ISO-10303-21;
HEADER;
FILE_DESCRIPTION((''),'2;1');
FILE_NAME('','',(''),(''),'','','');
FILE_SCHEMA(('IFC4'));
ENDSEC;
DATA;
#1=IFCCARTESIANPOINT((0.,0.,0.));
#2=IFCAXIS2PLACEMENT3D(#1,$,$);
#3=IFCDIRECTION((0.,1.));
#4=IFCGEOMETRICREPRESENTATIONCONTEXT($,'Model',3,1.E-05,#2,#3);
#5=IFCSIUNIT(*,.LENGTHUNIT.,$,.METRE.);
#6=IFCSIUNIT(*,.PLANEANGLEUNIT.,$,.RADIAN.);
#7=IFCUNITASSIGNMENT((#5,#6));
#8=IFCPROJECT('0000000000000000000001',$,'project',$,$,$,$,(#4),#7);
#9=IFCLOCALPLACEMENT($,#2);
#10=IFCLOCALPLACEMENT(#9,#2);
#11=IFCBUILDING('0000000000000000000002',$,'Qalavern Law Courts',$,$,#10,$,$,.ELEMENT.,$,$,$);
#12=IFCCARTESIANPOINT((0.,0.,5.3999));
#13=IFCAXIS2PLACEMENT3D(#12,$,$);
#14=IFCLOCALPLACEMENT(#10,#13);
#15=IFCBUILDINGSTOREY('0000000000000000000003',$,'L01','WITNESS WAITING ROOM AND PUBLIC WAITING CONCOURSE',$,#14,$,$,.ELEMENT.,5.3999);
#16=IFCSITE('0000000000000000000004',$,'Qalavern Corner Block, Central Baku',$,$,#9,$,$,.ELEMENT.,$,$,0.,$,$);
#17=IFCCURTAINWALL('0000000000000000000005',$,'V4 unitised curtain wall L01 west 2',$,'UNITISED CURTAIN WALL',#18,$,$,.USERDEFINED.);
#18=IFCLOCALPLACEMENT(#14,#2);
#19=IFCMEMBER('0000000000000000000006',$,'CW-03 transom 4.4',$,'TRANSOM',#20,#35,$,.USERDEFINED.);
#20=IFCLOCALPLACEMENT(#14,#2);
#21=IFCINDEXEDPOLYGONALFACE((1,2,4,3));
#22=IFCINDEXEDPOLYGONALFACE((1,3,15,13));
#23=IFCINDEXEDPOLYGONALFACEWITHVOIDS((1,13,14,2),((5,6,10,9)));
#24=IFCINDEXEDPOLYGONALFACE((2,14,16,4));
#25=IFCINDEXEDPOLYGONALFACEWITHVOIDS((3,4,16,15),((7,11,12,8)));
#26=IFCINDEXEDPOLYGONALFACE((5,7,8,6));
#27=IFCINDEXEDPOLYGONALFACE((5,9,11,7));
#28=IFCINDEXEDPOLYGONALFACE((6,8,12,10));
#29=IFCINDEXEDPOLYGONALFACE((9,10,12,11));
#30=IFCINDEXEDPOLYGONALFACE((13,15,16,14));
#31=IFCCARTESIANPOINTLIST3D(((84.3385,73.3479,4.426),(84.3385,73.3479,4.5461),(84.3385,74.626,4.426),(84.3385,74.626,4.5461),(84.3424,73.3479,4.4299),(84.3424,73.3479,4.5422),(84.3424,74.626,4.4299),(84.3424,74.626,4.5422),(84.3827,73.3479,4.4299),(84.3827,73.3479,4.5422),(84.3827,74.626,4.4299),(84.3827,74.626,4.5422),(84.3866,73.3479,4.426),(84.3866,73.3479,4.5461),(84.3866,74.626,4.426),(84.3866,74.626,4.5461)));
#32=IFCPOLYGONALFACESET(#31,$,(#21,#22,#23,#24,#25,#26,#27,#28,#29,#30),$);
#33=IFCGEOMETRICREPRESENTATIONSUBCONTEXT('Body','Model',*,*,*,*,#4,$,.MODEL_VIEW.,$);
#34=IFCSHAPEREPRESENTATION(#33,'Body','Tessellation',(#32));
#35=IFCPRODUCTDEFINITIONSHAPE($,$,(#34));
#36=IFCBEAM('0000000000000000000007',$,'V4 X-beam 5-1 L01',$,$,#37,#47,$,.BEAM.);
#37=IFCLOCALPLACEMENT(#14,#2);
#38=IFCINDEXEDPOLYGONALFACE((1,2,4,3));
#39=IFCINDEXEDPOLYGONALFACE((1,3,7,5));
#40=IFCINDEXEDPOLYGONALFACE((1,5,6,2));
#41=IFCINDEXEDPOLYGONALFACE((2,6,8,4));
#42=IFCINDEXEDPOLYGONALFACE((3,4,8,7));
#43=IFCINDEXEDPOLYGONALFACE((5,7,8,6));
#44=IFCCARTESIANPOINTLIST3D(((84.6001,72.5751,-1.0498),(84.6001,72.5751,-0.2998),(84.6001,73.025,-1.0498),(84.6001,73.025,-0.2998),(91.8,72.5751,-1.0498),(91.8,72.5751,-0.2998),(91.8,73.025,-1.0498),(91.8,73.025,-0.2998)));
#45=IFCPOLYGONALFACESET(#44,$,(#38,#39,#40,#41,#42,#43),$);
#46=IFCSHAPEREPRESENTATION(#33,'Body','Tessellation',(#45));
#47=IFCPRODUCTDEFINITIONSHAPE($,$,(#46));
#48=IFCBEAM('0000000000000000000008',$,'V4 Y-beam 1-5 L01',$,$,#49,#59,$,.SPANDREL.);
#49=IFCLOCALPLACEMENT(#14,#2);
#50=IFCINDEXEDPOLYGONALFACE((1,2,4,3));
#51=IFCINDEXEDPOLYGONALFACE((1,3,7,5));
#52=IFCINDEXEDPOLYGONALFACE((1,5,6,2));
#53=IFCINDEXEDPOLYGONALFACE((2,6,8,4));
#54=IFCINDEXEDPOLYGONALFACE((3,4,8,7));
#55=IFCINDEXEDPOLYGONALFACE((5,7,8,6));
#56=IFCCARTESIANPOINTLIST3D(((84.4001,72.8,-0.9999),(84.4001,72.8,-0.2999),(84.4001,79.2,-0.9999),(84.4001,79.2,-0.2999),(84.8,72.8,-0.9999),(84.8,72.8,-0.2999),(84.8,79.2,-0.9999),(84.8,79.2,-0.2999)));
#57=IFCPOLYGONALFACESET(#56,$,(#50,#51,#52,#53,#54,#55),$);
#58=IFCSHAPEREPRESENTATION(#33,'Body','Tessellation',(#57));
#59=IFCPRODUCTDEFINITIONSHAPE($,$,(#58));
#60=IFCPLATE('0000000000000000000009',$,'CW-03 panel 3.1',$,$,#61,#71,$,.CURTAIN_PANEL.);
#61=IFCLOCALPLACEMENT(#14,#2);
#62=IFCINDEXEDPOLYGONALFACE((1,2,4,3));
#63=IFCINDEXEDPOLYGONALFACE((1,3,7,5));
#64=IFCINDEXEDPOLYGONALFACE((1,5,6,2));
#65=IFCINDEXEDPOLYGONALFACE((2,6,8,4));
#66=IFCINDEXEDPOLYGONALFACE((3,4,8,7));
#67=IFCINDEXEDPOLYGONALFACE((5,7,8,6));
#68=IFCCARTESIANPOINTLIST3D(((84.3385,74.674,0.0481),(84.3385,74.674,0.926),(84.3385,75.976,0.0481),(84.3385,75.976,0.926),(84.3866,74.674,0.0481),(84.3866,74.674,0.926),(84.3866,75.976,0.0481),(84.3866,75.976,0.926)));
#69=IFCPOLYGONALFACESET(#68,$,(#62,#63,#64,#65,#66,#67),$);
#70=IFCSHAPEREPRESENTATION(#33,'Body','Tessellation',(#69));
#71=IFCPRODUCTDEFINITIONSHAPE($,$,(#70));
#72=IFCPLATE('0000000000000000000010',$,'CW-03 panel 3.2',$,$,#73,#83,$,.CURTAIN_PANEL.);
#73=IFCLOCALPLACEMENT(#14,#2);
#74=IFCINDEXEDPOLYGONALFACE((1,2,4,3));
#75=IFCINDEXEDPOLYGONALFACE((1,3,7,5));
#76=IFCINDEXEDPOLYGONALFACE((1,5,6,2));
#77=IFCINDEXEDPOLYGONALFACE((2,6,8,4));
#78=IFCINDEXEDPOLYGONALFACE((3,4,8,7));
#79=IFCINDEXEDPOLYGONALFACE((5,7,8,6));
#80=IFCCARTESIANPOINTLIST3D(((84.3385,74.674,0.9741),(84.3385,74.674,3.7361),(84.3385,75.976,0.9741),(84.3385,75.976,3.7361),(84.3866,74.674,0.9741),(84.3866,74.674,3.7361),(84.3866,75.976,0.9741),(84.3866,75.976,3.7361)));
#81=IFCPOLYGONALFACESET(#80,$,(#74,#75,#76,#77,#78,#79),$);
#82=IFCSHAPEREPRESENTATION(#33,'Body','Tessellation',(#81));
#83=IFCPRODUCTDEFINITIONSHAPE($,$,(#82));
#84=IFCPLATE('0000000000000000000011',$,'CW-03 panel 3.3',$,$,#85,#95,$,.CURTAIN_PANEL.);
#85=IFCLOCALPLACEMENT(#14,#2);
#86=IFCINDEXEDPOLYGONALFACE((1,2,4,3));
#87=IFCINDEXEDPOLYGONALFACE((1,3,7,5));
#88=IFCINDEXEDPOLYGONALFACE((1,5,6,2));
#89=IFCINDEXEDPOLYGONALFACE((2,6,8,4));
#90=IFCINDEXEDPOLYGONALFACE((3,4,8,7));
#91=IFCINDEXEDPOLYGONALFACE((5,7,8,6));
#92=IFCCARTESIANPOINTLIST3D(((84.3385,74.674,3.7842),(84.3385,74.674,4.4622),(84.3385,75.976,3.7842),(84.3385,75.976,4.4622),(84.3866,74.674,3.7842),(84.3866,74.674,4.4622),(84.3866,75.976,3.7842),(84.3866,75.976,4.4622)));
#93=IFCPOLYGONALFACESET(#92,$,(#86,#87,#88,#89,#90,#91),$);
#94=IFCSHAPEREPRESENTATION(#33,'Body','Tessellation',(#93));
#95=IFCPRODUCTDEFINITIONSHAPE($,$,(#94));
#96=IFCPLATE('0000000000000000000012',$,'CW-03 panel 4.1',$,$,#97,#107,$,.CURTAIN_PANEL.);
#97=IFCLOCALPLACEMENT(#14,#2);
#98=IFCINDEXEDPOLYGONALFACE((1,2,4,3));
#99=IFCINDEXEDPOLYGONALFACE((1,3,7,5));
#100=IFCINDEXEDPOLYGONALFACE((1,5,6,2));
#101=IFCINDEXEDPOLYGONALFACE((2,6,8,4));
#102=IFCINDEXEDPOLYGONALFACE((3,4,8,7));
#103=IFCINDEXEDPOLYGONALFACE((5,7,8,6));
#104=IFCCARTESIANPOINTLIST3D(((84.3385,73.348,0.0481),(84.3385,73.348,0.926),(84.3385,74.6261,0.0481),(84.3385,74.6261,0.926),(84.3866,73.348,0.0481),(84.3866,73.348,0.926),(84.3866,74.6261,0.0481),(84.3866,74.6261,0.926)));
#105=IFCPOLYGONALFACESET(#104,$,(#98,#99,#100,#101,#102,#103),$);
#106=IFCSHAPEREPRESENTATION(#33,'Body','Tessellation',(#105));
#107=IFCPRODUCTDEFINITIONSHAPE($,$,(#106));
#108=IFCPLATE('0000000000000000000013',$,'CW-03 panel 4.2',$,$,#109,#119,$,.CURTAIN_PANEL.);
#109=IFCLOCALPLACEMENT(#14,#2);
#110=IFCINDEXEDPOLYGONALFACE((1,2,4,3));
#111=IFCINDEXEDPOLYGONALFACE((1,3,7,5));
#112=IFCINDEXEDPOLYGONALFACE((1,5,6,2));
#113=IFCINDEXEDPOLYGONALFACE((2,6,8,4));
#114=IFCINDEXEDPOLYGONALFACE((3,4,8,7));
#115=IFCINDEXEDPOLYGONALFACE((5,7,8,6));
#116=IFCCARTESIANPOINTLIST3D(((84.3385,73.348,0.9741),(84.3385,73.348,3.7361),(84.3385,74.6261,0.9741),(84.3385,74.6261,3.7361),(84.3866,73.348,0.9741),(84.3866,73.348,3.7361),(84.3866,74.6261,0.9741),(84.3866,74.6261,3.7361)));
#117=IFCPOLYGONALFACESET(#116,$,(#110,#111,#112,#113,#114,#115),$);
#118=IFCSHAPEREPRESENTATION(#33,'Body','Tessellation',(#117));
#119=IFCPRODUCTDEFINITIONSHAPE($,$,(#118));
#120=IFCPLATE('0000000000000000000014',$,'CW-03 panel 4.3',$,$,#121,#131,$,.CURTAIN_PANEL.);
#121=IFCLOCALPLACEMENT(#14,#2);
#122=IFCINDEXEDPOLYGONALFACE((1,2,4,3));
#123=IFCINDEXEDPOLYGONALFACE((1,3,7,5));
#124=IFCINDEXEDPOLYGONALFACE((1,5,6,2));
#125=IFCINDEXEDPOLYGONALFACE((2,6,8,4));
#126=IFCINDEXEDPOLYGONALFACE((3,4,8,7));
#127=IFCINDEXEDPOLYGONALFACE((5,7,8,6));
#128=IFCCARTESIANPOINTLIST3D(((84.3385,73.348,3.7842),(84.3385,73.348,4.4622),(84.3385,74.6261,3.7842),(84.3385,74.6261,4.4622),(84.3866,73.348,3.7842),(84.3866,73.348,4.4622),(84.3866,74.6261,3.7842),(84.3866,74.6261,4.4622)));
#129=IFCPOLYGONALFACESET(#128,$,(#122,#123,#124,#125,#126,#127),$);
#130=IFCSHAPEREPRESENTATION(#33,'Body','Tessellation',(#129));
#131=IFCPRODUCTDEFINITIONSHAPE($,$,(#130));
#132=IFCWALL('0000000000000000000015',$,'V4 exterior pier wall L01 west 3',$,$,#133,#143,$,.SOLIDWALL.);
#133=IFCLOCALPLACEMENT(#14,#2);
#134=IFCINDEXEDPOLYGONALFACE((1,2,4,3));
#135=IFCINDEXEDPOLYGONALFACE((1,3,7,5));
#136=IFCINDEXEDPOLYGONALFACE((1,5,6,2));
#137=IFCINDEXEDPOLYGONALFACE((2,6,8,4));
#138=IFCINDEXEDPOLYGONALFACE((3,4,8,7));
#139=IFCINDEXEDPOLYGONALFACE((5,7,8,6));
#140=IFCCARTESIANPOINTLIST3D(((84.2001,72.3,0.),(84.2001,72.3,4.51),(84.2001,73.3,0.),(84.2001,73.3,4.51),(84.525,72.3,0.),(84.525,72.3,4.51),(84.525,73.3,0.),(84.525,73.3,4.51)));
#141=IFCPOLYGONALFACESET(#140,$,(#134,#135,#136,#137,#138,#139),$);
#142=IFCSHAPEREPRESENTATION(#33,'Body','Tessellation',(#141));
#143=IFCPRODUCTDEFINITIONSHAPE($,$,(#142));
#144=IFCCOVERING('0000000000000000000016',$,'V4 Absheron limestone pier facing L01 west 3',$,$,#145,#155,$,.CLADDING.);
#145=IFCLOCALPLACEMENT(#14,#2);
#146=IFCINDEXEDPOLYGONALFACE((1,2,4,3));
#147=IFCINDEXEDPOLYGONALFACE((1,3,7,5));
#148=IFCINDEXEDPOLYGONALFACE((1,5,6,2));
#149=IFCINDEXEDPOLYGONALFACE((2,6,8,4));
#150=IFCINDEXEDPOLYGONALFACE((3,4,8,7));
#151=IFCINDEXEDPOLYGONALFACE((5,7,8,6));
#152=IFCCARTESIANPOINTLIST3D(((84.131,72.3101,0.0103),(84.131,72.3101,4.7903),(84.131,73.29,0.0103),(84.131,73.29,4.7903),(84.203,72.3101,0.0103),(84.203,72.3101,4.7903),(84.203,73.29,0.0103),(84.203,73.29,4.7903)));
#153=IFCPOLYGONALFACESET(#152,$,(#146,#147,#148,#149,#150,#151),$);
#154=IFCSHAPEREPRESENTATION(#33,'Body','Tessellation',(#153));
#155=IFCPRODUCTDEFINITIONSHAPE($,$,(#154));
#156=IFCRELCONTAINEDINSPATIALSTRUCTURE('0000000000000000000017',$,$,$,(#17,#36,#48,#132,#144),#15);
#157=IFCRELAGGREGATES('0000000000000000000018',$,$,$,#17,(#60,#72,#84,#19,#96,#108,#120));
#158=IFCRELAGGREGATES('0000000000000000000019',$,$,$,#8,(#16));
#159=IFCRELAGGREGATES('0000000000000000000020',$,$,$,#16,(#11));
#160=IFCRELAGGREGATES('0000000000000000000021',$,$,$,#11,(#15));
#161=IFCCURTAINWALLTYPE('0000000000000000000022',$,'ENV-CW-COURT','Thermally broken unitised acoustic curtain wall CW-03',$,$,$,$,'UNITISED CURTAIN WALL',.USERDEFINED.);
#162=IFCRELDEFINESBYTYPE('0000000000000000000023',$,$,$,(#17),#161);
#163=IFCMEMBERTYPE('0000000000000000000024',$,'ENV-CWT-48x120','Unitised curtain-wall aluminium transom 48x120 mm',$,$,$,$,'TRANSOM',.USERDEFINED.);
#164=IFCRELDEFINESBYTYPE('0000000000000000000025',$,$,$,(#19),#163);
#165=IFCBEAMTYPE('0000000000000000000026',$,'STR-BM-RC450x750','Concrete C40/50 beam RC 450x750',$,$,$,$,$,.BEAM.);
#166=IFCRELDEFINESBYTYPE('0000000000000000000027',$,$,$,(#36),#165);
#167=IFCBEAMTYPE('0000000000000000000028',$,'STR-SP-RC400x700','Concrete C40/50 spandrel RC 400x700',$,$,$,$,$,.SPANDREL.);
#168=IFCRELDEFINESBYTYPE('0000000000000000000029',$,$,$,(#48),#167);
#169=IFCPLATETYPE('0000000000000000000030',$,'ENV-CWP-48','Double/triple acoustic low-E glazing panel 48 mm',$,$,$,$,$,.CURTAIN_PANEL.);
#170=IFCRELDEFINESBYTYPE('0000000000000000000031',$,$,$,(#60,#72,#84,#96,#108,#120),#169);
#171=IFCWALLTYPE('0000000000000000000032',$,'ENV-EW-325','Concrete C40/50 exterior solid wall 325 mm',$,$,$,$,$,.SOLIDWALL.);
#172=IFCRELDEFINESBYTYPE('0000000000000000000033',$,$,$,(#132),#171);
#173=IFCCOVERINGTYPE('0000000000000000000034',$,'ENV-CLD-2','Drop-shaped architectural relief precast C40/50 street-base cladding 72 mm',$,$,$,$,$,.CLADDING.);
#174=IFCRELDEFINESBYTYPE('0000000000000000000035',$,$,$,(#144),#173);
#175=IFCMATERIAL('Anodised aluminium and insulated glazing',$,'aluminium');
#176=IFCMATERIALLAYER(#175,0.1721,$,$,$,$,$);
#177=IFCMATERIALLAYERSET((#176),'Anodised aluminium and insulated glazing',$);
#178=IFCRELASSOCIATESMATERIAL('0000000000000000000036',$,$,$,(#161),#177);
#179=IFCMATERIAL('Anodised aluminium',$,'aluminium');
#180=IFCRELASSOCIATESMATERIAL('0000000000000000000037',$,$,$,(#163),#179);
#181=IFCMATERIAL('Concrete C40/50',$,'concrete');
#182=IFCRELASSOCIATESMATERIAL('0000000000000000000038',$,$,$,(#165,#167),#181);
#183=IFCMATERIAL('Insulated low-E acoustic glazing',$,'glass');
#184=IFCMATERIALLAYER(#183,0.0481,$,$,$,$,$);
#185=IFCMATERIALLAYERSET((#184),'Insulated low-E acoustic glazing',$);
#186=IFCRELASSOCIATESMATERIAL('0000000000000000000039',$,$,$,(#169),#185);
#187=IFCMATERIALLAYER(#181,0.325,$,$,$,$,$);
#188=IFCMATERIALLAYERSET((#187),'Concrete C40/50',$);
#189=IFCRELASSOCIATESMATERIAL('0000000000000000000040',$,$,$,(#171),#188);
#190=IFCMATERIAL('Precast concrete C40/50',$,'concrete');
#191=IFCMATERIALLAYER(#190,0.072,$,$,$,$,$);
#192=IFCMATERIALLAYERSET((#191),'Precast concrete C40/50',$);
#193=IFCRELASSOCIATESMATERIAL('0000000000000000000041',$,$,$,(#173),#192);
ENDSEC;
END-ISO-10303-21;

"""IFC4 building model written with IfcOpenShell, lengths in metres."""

from ifc_helpers import new_model, si_unit, direction, frame, frame_2d, origin, origin_2d, place, context, subcontext, project, spatial, rectangle, hollow_rectangle, extrude, material, layer, layer_set, material_profile, profile_set, type_object, element, aggregate, save


model = new_model("IFC4")

# Units and contexts
model_context = context("Model", 3, precision=1e-05, world=origin(), true_north=direction((0.0, 1.0)))
body_context = subcontext(model_context, "Body", "Model", "MODEL_VIEW")
ifc_project = project(units=[si_unit("LENGTHUNIT", "METRE"), si_unit("PLANEANGLEUNIT", "RADIAN")], contexts=[model_context])

# Site, building, storey
site_placement = place(None, origin())
site = spatial("IfcSite", under=ifc_project, at=site_placement, Name="Qalavern Corner Block, Central Baku", CompositionType="ELEMENT", RefElevation=0.0)
building_placement = place(site_placement, origin())
building = spatial("IfcBuilding", under=site, at=building_placement, Name="Qalavern Law Courts", CompositionType="ELEMENT")
storey_placement = place(building_placement, frame((0.0, 0.0, 5.3999)))
storey = spatial("IfcBuildingStorey", under=building, at=storey_placement, Name="L01", Description="WITNESS WAITING ROOM AND PUBLIC WAITING CONCOURSE", CompositionType="ELEMENT", Elevation=5.3999)

# Curtain wall
ifc_material_1 = material(Name="Anodised aluminium and insulated glazing", Category="aluminium")
ifc_layer_1 = layer(ifc_material_1, 0.1721)
ifc_layer_set_1 = layer_set([ifc_layer_1], Name="Anodised aluminium and insulated glazing")
curtain_wall_type = type_object("IfcCurtainWallType", Name="ENV-CW-COURT", Description="Thermally broken unitised acoustic curtain wall CW-03", ElementType="UNITISED CURTAIN WALL", PredefinedType="USERDEFINED", material=ifc_layer_set_1)
curtain_wall_1_placement = place(storey_placement, origin())
curtain_wall_1 = element("IfcCurtainWall", 1, at=curtain_wall_1_placement, inside=storey, type_object=curtain_wall_type, Name="V4 unitised curtain wall L01 west 2", ObjectType="UNITISED CURTAIN WALL", PredefinedType="USERDEFINED")
ifc_material_2 = material(Name="Anodised aluminium", Category="aluminium")

# Member
ifc_material_profile_1 = material_profile(ifc_material_2, hollow_rectangle(XDim=0.0481, YDim=0.1201, WallThickness=0.0039, at=origin_2d()), Name="ALU TRANSOM 48x120")
ifc_profile_set_1 = profile_set([ifc_material_profile_1], Name="Anodised aluminium")
member_type_1 = type_object("IfcMemberType", Name="ENV-CWT-48x120", Description="Unitised curtain-wall aluminium transom 48x120 mm", ElementType="TRANSOM", PredefinedType="USERDEFINED", material=ifc_profile_set_1)
member_1_placement = place(storey_placement, frame((84.3625, 74.626, 4.4861), z_axis=(0.0, -1.0, 0.0), x_axis=(1.0, 0.0, 0.0)))
member_1 = element("IfcMember", 2, at=member_1_placement, type_object=member_type_1, Name="CW-03 transom 4.4", ObjectType="TRANSOM", PredefinedType="USERDEFINED", context=body_context, shape_type="SweptSolid", body=[
    extrude(hollow_rectangle(XDim=0.0481, YDim=0.1201, WallThickness=0.0039, at=origin_2d()), origin(), (0.0, 0.0, 1.0), 1.2781),
])

# Beams
ifc_material_3 = material(Name="Concrete C40/50", Category="concrete")
ifc_material_profile_2 = material_profile(ifc_material_3, rectangle(XDim=0.45, YDim=0.75, at=origin_2d()), Name="RC 450x750")
ifc_profile_set_2 = profile_set([ifc_material_profile_2], Name="Concrete C40/50")
beam_type_1 = type_object("IfcBeamType", Name="STR-BM-RC450x750", Description="Concrete C40/50 beam RC 450x750", PredefinedType="BEAM", material=ifc_profile_set_2)
beam_1_placement = place(storey_placement, frame((84.6001, 72.8, -0.6748), z_axis=(1.0, 0.0, 0.0), x_axis=(0.0, 1.0, 0.0)))
element("IfcBeam", 3, at=beam_1_placement, inside=storey, type_object=beam_type_1, Name="V4 X-beam 5-1 L01", PredefinedType="BEAM", context=body_context, shape_type="SweptSolid", body=[
    extrude(rectangle(XDim=0.45, YDim=0.75, at=origin_2d()), origin(), (0.0, 0.0, 1.0), 7.2),
])
ifc_material_profile_3 = material_profile(ifc_material_3, rectangle(XDim=0.3999, YDim=0.7, at=origin_2d()), Name="RC 400x700")
ifc_profile_set_3 = profile_set([ifc_material_profile_3], Name="Concrete C40/50")
beam_type_2 = type_object("IfcBeamType", Name="STR-SP-RC400x700", Description="Concrete C40/50 spandrel RC 400x700", PredefinedType="SPANDREL", material=ifc_profile_set_3)
beam_2_placement = place(storey_placement, frame((84.6001, 72.8, -0.6499), z_axis=(0.0, 1.0, 0.0), x_axis=(-1.0, 0.0, 0.0)))
element("IfcBeam", 4, at=beam_2_placement, inside=storey, type_object=beam_type_2, Name="V4 Y-beam 1-5 L01", PredefinedType="SPANDREL", context=body_context, shape_type="SweptSolid", body=[
    extrude(rectangle(XDim=0.3999, YDim=0.7, at=origin_2d()), origin(), (0.0, 0.0, 1.0), 6.3999),
])

# Plates
ifc_material_4 = material(Name="Insulated low-E acoustic glazing", Category="glass")
ifc_layer_2 = layer(ifc_material_4, 0.0481)
ifc_layer_set_2 = layer_set([ifc_layer_2], Name="Insulated low-E acoustic glazing")
plate_type = type_object("IfcPlateType", Name="ENV-CWP-48", Description="Double/triple acoustic low-E glazing panel 48 mm", PredefinedType="CURTAIN_PANEL", material=ifc_layer_set_2)
plate_1_placement = place(storey_placement, frame((84.3625, 75.325, 0.0481), z_axis=(0.0, 0.0, 1.0), x_axis=(0.0, -1.0, 0.0)))
plate_1 = element("IfcPlate", 5, at=plate_1_placement, type_object=plate_type, Name="CW-03 panel 3.1", PredefinedType="CURTAIN_PANEL", context=body_context, shape_type="SweptSolid", body=[
    extrude(rectangle(XDim=1.302, YDim=0.0481, at=origin_2d()), origin(), (0.0, 0.0, 1.0), 0.8779),
])
plate_2_placement = place(storey_placement, frame((84.3625, 75.325, 0.9741), z_axis=(0.0, 0.0, 1.0), x_axis=(0.0, -1.0, 0.0)))
plate_2 = element("IfcPlate", 6, at=plate_2_placement, type_object=plate_type, Name="CW-03 panel 3.2", PredefinedType="CURTAIN_PANEL", context=body_context, shape_type="SweptSolid", body=[
    extrude(rectangle(XDim=1.302, YDim=0.0481, at=origin_2d()), origin(), (0.0, 0.0, 1.0), 2.762),
])
plate_3_placement = place(storey_placement, frame((84.3625, 75.325, 3.7842), z_axis=(0.0, 0.0, 1.0), x_axis=(0.0, -1.0, 0.0)))
plate_3 = element("IfcPlate", 7, at=plate_3_placement, type_object=plate_type, Name="CW-03 panel 3.3", PredefinedType="CURTAIN_PANEL", context=body_context, shape_type="SweptSolid", body=[
    extrude(rectangle(XDim=1.302, YDim=0.0481, at=origin_2d()), origin(), (0.0, 0.0, 1.0), 0.678),
])
plate_4_placement = place(storey_placement, frame((84.3625, 73.9871, 0.0481), z_axis=(0.0, 0.0, 1.0), x_axis=(0.0, -1.0, 0.0)))
plate_4 = element("IfcPlate", 8, at=plate_4_placement, type_object=plate_type, Name="CW-03 panel 4.1", PredefinedType="CURTAIN_PANEL", context=body_context, shape_type="SweptSolid", body=[
    extrude(rectangle(XDim=1.2781, YDim=0.0481, at=origin_2d()), origin(), (0.0, 0.0, 1.0), 0.8779),
])
plate_5_placement = place(storey_placement, frame((84.3625, 73.9871, 0.9741), z_axis=(0.0, 0.0, 1.0), x_axis=(0.0, -1.0, 0.0)))
plate_5 = element("IfcPlate", 9, at=plate_5_placement, type_object=plate_type, Name="CW-03 panel 4.2", PredefinedType="CURTAIN_PANEL", context=body_context, shape_type="SweptSolid", body=[
    extrude(rectangle(XDim=1.2781, YDim=0.0481, at=origin_2d()), origin(), (0.0, 0.0, 1.0), 2.762),
])
plate_6_placement = place(storey_placement, frame((84.3625, 73.9871, 3.7842), z_axis=(0.0, 0.0, 1.0), x_axis=(0.0, -1.0, 0.0)))
plate_6 = element("IfcPlate", 10, at=plate_6_placement, type_object=plate_type, Name="CW-03 panel 4.3", PredefinedType="CURTAIN_PANEL", context=body_context, shape_type="SweptSolid", body=[
    extrude(rectangle(XDim=1.2781, YDim=0.0481, at=origin_2d()), origin(), (0.0, 0.0, 1.0), 0.678),
])
aggregate(curtain_wall_1, [plate_1, plate_2, plate_3, member_1, plate_4, plate_5, plate_6])

# Wall
ifc_layer_3 = layer(ifc_material_3, 0.325)
ifc_layer_set_3 = layer_set([ifc_layer_3], Name="Concrete C40/50")
wall_type = type_object("IfcWallType", Name="ENV-EW-325", Description="Concrete C40/50 exterior solid wall 325 mm", PredefinedType="SOLIDWALL", material=ifc_layer_set_3)
wall_placement = place(storey_placement, frame((84.3625, 73.3, 0.0), z_axis=(0.0, 0.0, 1.0), x_axis=(0.0, -1.0, 0.0)))
element("IfcWall", 11, at=wall_placement, inside=storey, type_object=wall_type, Name="V4 exterior pier wall L01 west 3", PredefinedType="SOLIDWALL", context=body_context, shape_type="SweptSolid", body=[
    extrude(rectangle(XDim=1.0, YDim=0.325, at=frame_2d((0.5, 0.0))), origin(), (0.0, 0.0, 1.0), 4.51),
])

# Covering
ifc_material_5 = material(Name="Precast concrete C40/50", Category="concrete")
ifc_layer_4 = layer(ifc_material_5, 0.072)
ifc_layer_set_4 = layer_set([ifc_layer_4], Name="Precast concrete C40/50")
covering_type = type_object("IfcCoveringType", Name="ENV-CLD-2", Description="Drop-shaped architectural relief precast C40/50 street-base cladding 72 mm", PredefinedType="CLADDING", material=ifc_layer_set_4)
covering_placement = place(storey_placement, frame((84.167, 72.8, 0.0103), z_axis=(0.0, 0.0, 1.0), x_axis=(0.0, -1.0, 0.0)))
element("IfcCovering", 12, at=covering_placement, inside=storey, type_object=covering_type, Name="V4 Absheron limestone pier facing L01 west 3", PredefinedType="CLADDING", context=body_context, shape_type="SweptSolid", body=[
    extrude(rectangle(XDim=0.98, YDim=0.072, at=origin_2d()), origin(), (0.0, 0.0, 1.0), 4.78),
])

save(model, "model.ifc")
